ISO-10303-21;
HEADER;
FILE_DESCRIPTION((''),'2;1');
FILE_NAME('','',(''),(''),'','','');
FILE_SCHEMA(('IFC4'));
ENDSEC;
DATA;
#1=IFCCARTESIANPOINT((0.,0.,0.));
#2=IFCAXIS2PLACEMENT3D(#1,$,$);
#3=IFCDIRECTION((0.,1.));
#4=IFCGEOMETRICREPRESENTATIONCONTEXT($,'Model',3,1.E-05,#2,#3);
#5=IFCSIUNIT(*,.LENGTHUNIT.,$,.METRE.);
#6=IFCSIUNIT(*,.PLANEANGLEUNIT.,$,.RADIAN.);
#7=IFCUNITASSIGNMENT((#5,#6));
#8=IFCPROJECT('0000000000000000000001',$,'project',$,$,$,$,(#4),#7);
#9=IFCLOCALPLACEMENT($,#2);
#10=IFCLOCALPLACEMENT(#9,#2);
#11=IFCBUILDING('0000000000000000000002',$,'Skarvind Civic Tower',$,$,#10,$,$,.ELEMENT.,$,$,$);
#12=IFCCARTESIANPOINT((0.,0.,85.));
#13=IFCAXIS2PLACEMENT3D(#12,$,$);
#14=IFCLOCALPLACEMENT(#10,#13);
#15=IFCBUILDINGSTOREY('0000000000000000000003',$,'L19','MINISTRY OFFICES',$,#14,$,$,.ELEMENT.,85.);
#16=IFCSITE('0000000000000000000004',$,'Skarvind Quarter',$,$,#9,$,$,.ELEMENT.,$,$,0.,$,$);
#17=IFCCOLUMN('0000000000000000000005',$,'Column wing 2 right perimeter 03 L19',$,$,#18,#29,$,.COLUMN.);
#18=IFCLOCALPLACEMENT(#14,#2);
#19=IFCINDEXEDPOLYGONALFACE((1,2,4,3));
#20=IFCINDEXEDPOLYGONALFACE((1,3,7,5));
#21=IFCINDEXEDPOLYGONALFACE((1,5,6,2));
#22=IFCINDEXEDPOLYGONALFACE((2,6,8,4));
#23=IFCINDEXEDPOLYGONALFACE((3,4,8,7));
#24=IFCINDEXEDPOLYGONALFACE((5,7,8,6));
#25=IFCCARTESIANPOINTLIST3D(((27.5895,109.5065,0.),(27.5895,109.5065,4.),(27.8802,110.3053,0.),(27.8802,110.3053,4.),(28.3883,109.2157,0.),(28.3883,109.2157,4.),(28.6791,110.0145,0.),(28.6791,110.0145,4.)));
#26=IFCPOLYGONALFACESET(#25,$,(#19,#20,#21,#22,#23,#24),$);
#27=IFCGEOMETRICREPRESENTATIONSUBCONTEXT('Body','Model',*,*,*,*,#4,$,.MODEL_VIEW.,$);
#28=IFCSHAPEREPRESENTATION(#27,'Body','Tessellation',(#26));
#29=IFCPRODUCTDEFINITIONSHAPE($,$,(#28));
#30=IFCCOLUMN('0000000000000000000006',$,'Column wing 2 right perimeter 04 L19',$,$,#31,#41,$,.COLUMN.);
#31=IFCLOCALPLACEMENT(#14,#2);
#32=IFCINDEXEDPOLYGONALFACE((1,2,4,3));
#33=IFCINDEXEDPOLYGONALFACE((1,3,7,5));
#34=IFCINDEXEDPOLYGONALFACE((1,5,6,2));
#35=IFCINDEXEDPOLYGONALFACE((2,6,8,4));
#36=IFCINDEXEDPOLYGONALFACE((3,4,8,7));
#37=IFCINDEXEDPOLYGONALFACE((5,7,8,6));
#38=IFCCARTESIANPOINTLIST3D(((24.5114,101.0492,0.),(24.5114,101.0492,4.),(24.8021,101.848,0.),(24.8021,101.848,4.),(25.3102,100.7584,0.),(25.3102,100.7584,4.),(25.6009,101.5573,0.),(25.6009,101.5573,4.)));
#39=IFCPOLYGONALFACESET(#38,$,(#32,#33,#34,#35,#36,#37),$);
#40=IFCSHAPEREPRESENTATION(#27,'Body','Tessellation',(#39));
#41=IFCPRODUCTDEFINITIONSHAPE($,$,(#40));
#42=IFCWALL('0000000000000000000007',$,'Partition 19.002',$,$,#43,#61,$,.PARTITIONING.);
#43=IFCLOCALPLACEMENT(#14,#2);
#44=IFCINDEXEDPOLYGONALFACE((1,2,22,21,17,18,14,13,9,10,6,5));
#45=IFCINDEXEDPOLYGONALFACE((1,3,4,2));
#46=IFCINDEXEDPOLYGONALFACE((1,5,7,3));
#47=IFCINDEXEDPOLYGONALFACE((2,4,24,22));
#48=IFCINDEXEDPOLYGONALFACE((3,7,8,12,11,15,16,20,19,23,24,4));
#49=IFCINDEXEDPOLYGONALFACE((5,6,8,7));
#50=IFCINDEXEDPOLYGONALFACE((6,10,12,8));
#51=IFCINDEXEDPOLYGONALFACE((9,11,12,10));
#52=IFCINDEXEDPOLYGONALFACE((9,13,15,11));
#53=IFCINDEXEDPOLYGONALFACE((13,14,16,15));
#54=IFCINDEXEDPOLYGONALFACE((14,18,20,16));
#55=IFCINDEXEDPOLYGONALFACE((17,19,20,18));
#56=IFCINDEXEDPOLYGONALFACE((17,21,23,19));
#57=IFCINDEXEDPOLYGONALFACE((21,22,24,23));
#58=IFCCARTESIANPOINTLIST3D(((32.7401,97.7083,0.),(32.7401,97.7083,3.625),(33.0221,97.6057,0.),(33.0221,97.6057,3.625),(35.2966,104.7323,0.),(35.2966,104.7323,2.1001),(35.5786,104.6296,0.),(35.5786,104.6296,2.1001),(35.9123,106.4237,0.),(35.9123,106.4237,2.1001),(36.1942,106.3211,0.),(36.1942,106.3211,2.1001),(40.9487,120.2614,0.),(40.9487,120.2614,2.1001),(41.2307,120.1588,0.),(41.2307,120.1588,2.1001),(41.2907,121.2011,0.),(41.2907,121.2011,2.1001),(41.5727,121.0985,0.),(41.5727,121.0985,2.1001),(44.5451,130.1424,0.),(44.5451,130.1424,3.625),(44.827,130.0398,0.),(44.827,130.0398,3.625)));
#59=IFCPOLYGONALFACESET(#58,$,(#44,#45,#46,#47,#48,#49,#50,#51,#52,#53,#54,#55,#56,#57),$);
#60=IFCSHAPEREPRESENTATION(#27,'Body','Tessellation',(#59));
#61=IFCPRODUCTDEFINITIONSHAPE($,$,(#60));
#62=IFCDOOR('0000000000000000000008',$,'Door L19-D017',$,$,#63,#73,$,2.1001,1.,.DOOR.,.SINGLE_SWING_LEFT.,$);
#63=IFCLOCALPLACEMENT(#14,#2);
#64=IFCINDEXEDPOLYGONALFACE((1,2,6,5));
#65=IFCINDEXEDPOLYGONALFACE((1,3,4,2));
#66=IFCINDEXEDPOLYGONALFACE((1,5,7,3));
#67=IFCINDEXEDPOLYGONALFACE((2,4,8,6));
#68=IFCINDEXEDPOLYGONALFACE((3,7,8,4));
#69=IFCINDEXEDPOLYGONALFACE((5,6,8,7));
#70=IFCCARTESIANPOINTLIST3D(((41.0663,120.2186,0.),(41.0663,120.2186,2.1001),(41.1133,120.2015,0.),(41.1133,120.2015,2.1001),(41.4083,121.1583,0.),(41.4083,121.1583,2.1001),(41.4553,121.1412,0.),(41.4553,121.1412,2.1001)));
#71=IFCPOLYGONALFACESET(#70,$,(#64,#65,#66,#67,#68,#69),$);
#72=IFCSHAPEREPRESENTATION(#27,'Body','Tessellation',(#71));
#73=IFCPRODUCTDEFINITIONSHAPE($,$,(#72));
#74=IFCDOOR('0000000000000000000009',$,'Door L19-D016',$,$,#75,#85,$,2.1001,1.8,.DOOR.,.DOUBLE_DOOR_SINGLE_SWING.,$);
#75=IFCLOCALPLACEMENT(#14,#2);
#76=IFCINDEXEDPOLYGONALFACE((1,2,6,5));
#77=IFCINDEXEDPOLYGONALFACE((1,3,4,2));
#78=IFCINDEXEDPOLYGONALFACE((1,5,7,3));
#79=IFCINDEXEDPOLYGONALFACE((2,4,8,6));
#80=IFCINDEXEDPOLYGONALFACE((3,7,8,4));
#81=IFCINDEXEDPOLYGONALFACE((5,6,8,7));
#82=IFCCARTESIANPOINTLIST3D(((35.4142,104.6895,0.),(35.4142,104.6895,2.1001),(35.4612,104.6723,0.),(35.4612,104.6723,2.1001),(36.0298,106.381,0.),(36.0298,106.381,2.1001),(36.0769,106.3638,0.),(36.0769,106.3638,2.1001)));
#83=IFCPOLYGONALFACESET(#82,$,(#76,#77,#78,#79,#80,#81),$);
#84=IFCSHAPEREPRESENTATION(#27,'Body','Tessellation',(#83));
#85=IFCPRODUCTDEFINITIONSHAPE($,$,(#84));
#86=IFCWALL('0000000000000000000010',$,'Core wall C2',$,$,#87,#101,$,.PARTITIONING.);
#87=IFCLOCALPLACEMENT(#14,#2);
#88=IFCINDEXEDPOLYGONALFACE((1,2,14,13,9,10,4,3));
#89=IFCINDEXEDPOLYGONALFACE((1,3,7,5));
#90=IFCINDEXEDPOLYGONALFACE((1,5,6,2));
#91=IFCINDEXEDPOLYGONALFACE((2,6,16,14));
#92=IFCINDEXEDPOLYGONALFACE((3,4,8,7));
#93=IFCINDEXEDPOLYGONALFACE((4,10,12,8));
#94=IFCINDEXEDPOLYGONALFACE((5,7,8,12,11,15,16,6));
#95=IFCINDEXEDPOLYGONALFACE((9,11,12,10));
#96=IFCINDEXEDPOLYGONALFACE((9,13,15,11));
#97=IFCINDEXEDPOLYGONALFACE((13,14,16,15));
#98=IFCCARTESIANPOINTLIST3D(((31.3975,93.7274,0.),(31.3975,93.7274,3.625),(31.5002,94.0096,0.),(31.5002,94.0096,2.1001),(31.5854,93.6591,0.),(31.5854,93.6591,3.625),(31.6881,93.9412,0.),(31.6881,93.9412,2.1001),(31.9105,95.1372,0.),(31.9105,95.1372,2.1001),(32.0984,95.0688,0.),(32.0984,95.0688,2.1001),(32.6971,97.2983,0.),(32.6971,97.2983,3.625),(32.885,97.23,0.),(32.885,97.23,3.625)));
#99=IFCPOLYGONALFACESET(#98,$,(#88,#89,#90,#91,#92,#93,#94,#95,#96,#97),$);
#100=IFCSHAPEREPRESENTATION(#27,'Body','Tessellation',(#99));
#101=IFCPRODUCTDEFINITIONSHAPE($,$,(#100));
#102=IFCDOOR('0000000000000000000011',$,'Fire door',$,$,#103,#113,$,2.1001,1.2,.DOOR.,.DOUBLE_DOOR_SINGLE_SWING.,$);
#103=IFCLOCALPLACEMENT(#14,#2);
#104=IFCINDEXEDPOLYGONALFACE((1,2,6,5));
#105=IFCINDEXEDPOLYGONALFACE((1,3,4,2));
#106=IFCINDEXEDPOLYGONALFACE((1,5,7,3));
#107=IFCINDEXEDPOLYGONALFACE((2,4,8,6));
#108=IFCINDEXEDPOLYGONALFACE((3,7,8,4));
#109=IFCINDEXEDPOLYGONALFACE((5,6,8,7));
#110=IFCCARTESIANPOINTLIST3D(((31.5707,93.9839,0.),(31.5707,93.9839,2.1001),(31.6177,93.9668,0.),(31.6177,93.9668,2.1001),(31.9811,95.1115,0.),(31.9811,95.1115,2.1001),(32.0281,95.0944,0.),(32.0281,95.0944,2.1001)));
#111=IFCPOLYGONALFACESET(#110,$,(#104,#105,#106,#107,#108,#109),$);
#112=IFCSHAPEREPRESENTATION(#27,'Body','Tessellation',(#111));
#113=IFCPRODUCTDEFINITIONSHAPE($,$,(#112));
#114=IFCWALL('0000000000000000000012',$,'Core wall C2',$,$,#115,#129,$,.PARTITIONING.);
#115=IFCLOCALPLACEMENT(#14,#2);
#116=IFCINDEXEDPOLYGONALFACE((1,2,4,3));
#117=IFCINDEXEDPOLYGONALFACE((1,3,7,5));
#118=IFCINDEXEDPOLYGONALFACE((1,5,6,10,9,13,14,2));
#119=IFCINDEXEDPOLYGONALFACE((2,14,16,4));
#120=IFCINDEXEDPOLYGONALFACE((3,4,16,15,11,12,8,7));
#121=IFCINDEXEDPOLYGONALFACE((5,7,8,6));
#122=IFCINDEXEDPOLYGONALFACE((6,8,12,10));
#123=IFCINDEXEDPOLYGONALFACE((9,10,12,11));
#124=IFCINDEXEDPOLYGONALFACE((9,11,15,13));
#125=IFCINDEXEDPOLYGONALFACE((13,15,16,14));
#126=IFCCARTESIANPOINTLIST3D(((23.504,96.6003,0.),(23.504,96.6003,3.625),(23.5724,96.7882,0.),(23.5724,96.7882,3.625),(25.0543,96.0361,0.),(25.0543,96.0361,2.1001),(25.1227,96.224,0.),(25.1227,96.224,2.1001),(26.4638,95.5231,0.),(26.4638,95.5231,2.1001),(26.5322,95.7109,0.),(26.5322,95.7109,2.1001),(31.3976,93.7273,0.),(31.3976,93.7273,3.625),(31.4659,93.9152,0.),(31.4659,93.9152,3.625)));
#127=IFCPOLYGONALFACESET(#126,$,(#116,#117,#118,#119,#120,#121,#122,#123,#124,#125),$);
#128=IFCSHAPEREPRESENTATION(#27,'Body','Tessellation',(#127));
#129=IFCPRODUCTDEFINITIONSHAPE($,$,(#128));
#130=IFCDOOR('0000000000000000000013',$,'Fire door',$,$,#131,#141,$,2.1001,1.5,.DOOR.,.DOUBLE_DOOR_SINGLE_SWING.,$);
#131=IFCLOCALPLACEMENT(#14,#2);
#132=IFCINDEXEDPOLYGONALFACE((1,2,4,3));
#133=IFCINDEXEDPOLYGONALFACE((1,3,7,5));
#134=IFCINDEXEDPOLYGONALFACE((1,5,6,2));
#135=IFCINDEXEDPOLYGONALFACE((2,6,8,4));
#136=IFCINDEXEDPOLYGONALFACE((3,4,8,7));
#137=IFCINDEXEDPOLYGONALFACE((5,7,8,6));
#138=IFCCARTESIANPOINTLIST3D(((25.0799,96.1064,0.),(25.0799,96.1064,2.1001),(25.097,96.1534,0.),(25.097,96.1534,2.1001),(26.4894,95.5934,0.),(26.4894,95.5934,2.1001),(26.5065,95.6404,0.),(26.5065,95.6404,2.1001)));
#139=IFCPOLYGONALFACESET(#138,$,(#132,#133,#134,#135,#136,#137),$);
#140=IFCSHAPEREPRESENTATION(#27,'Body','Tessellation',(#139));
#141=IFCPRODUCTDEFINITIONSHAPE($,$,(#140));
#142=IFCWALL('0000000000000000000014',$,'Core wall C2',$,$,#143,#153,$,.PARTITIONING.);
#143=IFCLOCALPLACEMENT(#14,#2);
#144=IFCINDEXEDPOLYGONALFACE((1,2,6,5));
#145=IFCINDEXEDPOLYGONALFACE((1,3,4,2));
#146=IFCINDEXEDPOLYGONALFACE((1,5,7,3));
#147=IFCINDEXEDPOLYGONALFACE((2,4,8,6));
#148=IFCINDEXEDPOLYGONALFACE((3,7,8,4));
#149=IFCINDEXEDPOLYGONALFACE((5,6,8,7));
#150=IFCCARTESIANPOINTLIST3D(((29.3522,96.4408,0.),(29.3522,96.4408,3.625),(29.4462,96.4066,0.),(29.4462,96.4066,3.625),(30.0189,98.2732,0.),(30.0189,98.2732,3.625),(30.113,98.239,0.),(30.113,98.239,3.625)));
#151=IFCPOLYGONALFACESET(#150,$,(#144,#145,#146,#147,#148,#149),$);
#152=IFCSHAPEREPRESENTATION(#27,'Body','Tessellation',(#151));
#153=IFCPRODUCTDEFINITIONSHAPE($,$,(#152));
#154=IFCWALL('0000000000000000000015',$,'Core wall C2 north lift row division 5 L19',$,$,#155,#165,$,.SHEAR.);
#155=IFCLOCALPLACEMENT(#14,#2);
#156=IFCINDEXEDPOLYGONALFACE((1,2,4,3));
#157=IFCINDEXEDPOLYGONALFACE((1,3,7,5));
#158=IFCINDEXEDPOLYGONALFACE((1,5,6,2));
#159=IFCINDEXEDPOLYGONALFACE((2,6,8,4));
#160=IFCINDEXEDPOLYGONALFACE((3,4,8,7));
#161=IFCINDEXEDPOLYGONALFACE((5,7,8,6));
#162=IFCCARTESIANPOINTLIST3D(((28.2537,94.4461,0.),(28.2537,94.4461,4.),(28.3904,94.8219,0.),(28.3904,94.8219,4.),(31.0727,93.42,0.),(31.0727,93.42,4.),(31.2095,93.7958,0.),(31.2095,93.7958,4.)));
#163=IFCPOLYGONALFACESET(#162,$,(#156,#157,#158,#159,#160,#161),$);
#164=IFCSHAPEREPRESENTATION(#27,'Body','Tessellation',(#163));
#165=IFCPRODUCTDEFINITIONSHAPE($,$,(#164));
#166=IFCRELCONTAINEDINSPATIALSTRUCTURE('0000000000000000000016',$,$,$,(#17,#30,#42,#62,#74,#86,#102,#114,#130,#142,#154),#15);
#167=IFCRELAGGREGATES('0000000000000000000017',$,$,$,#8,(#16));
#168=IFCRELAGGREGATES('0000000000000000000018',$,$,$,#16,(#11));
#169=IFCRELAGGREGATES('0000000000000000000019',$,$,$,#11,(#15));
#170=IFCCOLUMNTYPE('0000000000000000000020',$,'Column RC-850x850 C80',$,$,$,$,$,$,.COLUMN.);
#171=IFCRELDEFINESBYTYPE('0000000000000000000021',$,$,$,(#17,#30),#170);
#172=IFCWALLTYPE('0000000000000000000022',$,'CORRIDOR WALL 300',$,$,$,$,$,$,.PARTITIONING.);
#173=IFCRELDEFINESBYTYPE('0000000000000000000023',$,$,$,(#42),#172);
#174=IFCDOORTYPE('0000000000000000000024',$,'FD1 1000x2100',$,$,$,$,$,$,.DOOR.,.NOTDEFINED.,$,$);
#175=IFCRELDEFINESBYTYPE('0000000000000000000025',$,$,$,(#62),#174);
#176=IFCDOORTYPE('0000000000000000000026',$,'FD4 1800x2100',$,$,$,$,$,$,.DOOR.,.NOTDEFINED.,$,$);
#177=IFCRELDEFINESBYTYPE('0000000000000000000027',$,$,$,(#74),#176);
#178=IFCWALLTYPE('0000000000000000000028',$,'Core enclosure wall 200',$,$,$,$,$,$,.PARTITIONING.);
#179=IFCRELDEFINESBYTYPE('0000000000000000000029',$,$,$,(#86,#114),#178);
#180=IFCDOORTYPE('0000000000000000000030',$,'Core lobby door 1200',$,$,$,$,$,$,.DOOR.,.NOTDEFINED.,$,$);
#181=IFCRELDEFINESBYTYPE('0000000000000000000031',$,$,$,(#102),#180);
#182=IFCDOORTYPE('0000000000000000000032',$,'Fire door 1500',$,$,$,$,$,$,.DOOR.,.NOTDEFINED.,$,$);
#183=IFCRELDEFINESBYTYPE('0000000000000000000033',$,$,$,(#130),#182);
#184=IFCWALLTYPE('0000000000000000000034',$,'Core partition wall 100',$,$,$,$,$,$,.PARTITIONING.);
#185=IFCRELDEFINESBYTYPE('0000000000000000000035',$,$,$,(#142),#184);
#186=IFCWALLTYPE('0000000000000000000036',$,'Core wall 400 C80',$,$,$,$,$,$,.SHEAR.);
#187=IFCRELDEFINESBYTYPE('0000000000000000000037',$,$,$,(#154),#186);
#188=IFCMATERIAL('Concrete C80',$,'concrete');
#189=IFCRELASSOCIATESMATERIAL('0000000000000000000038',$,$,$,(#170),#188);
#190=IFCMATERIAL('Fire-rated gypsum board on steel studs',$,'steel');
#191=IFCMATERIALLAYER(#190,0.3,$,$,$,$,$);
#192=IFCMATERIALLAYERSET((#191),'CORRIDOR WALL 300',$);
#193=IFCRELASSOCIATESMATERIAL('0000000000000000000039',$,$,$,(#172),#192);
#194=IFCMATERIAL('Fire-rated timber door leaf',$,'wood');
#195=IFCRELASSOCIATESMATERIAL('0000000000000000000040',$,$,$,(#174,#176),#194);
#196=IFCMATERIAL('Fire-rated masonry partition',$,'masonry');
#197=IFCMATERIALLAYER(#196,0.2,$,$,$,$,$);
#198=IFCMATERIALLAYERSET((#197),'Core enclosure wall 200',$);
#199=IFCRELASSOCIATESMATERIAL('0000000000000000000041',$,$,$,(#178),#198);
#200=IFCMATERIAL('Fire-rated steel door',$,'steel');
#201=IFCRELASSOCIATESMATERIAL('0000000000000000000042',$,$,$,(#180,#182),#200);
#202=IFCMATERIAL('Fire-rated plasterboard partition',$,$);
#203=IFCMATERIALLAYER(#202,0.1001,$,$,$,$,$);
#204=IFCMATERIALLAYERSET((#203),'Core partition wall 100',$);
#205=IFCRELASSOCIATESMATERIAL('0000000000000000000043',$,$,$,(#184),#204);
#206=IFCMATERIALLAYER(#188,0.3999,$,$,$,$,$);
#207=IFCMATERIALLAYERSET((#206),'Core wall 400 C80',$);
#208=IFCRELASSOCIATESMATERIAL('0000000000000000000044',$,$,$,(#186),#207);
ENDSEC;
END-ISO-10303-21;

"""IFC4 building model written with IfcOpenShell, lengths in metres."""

from ifc_helpers import new_model, si_unit, direction, frame, frame_2d, origin, origin_2d, place, context, subcontext, project, spatial, rectangle, extrude, material, layer, layer_set, material_profile, profile_set, type_object, element, fill, save


model = new_model("IFC4")

# Units and contexts
model_context = context("Model", 3, precision=1e-05, world=origin(), true_north=direction((0.0, 1.0)))
body_context = subcontext(model_context, "Body", "Model", "MODEL_VIEW")
ifc_project = project(units=[si_unit("LENGTHUNIT", "METRE"), si_unit("PLANEANGLEUNIT", "RADIAN")], contexts=[model_context])

# Site, building, storey
site_placement = place(None, origin())
site = spatial("IfcSite", under=ifc_project, at=site_placement, Name="Skarvind Quarter", CompositionType="ELEMENT", RefElevation=0.0)
building_placement = place(site_placement, origin())
building = spatial("IfcBuilding", under=site, at=building_placement, Name="Skarvind Civic Tower", CompositionType="ELEMENT")
storey_placement = place(building_placement, frame((0.0, 0.0, 85.0)))
storey = spatial("IfcBuildingStorey", under=building, at=storey_placement, Name="L19", Description="MINISTRY OFFICES", CompositionType="ELEMENT", Elevation=85.0)

# Columns
ifc_material_1 = material(Name="Concrete C80", Category="concrete")
ifc_material_profile = material_profile(ifc_material_1, rectangle(XDim=0.8501, YDim=0.8501, at=origin_2d()), Name="RC-850x850")
ifc_profile_set = profile_set([ifc_material_profile], Name="Concrete C80")
column_type = type_object("IfcColumnType", Name="Column RC-850x850 C80", PredefinedType="COLUMN", material=ifc_profile_set)
for number, where, z_axis, x_axis, name in (
    (1, (28.1343, 109.7605, 0.0), (0.0, 0.0, 1.0), (-0.34202, -0.939693, 0.0), "Column wing 2 right perimeter 03 L19"),
    (2, (25.0562, 101.3032, 0.0), (0.0, 0.0, 1.0), (-0.34202, -0.939693, 0.0), "Column wing 2 right perimeter 04 L19"),
):
    element("IfcColumn", number, at=place(storey_placement, frame(where, z_axis=z_axis, x_axis=x_axis)), inside=storey, type_object=column_type, Name=name, PredefinedType="COLUMN", context=body_context, shape_type="SweptSolid", body=[
        extrude(rectangle(XDim=0.8501, YDim=0.8501, at=origin_2d()), origin(), (0.0, 0.0, 1.0), 4.0),
    ])

# Wall, openings, doors
ifc_material_2 = material(Name="Fire-rated gypsum board on steel studs", Category="steel")
ifc_layer_1 = layer(ifc_material_2, 0.3)
ifc_layer_set_1 = layer_set([ifc_layer_1], Name="CORRIDOR WALL 300")
wall_type_1 = type_object("IfcWallType", Name="CORRIDOR WALL 300", PredefinedType="PARTITIONING", material=ifc_layer_set_1)
wall_1_placement = place(storey_placement, frame((32.8811, 97.657, 0.0), z_axis=(0.0, 0.0, 1.0), x_axis=(0.342017, 0.939694, 0.0)))
wall_1 = element("IfcWall", 3, at=wall_1_placement, inside=storey, type_object=wall_type_1, Name="Partition 19.002", PredefinedType="PARTITIONING", context=body_context, shape_type="SweptSolid", body=[
    extrude(rectangle(XDim=34.5156, YDim=0.3, at=frame_2d((17.2578, 0.0))), origin(), (0.0, 0.0, 1.0), 3.625),
])
opening_1_placement = place(wall_1_placement, frame((7.4749, 0.0, 0.0)))
opening_1 = element("IfcOpeningElement", 4, at=opening_1_placement, cuts=wall_1, PredefinedType="OPENING", context=body_context, shape_type="SweptSolid", body=[
    extrude(rectangle(XDim=1.8, YDim=2.1001, at=frame_2d((0.8999, 1.05))), frame((0.0, 0.1599, 0.0), z_axis=(0.0, -1.0, 0.0), x_axis=(1.0, 0.0, 0.0)), (0.0, 0.0, 1.0), 0.3201),
])
opening_2_placement = place(wall_1_placement, frame((24.0005, 0.0, 0.0)))
opening_2 = element("IfcOpeningElement", 5, at=opening_2_placement, cuts=wall_1, PredefinedType="OPENING", context=body_context, shape_type="SweptSolid", body=[
    extrude(rectangle(XDim=1.0, YDim=2.1001, at=frame_2d((0.5, 1.05))), frame((0.0, 0.1599, 0.0), z_axis=(0.0, -1.0, 0.0), x_axis=(1.0, 0.0, 0.0)), (0.0, 0.0, 1.0), 0.3201),
])
ifc_material_3 = material(Name="Fire-rated timber door leaf", Category="wood")
door_type_1 = type_object("IfcDoorType", Name="FD1 1000x2100", OperationType="NOTDEFINED", PredefinedType="DOOR", material=ifc_material_3)
door_1_placement = place(opening_2_placement, origin())
door_1 = element("IfcDoor", 6, at=door_1_placement, inside=storey, type_object=door_type_1, Name="Door L19-D017", OperationType="SINGLE_SWING_LEFT", OverallHeight=2.1001, OverallWidth=1.0, PredefinedType="DOOR", context=body_context, shape_type="SweptSolid", body=[
    extrude(rectangle(XDim=1.0, YDim=2.1001, at=frame_2d((0.5, 1.05))), frame((0.0, 0.0249, 0.0), z_axis=(0.0, -1.0, 0.0), x_axis=(1.0, 0.0, 0.0)), (0.0, 0.0, 1.0), 0.05),
])
fill(opening_2, door_1)
door_type_2 = type_object("IfcDoorType", Name="FD4 1800x2100", OperationType="NOTDEFINED", PredefinedType="DOOR", material=ifc_material_3)
door_2_placement = place(opening_1_placement, origin())
door_2 = element("IfcDoor", 7, at=door_2_placement, inside=storey, type_object=door_type_2, Name="Door L19-D016", OperationType="DOUBLE_DOOR_SINGLE_SWING", OverallHeight=2.1001, OverallWidth=1.8, PredefinedType="DOOR", context=body_context, shape_type="SweptSolid", body=[
    extrude(rectangle(XDim=1.8, YDim=2.1001, at=frame_2d((0.8999, 1.05))), frame((0.0, 0.0249, 0.0), z_axis=(0.0, -1.0, 0.0), x_axis=(1.0, 0.0, 0.0)), (0.0, 0.0, 1.0), 0.05),
])
fill(opening_1, door_2)

# Walls, openings, doors
ifc_material_4 = material(Name="Fire-rated masonry partition", Category="masonry")
ifc_layer_2 = layer(ifc_material_4, 0.2)
ifc_layer_set_2 = layer_set([ifc_layer_2], Name="Core enclosure wall 200")
wall_type_2 = type_object("IfcWallType", Name="Core enclosure wall 200", PredefinedType="PARTITIONING", material=ifc_layer_set_2)
wall_2_placement = place(storey_placement, frame((31.4915, 93.6934, 0.0), z_axis=(0.0, 0.0, 1.0), x_axis=(0.341996, 0.939701, 0.0)))
wall_2 = element("IfcWall", 8, at=wall_2_placement, inside=storey, type_object=wall_type_2, Name="Core wall C2", PredefinedType="PARTITIONING", context=body_context, shape_type="SweptSolid", body=[
    extrude(rectangle(XDim=3.8, YDim=0.2, at=frame_2d((1.8999, 0.0))), origin(), (0.0, 0.0, 1.0), 3.625),
])
opening_3_placement = place(wall_2_placement, frame((0.3, 0.0, 0.0)))
opening_3 = element("IfcOpeningElement", 9, at=opening_3_placement, cuts=wall_2, PredefinedType="OPENING", context=body_context, shape_type="SweptSolid", body=[
    extrude(rectangle(XDim=1.2, YDim=2.1001, at=frame_2d((0.6001, 1.05))), frame((0.0, 0.1099, 0.0), z_axis=(0.0, -1.0, 0.0), x_axis=(1.0, 0.0, 0.0)), (0.0, 0.0, 1.0), 0.22),
])
ifc_material_5 = material(Name="Fire-rated steel door", Category="steel")
door_type_3 = type_object("IfcDoorType", Name="Core lobby door 1200", OperationType="NOTDEFINED", PredefinedType="DOOR", material=ifc_material_5)
door_3_placement = place(opening_3_placement, origin())
door_3 = element("IfcDoor", 10, at=door_3_placement, inside=storey, type_object=door_type_3, Name="Fire door", OperationType="DOUBLE_DOOR_SINGLE_SWING", OverallHeight=2.1001, OverallWidth=1.2, PredefinedType="DOOR", context=body_context, shape_type="SweptSolid", body=[
    extrude(rectangle(XDim=1.2, YDim=2.1001, at=frame_2d((0.6001, 1.05))), frame((0.0, 0.0249, 0.0), z_axis=(0.0, -1.0, 0.0), x_axis=(1.0, 0.0, 0.0)), (0.0, 0.0, 1.0), 0.05),
])
fill(opening_3, door_3)
wall_3_placement = place(storey_placement, frame((23.5381, 96.6943, 0.0), z_axis=(0.0, 0.0, 1.0), x_axis=(0.939692, -0.342023, 0.0)))
wall_3 = element("IfcWall", 11, at=wall_3_placement, inside=storey, type_object=wall_type_2, Name="Core wall C2", PredefinedType="PARTITIONING", context=body_context, shape_type="SweptSolid", body=[
    extrude(rectangle(XDim=8.4001, YDim=0.2, at=frame_2d((4.2002, 0.0))), origin(), (0.0, 0.0, 1.0), 3.625),
])
opening_4_placement = place(wall_3_placement, frame((1.6499, 0.0, 0.0)))
opening_4 = element("IfcOpeningElement", 12, at=opening_4_placement, cuts=wall_3, PredefinedType="OPENING", context=body_context, shape_type="SweptSolid", body=[
    extrude(rectangle(XDim=1.5, YDim=2.1001, at=frame_2d((0.75, 1.05))), frame((0.0, 0.1099, 0.0), z_axis=(0.0, -1.0, 0.0), x_axis=(1.0, 0.0, 0.0)), (0.0, 0.0, 1.0), 0.22),
])
door_type_4 = type_object("IfcDoorType", Name="Fire door 1500", OperationType="NOTDEFINED", PredefinedType="DOOR", material=ifc_material_5)
door_4_placement = place(opening_4_placement, origin())
door_4 = element("IfcDoor", 13, at=door_4_placement, inside=storey, type_object=door_type_4, Name="Fire door", OperationType="DOUBLE_DOOR_SINGLE_SWING", OverallHeight=2.1001, OverallWidth=1.5, PredefinedType="DOOR", context=body_context, shape_type="SweptSolid", body=[
    extrude(rectangle(XDim=1.5, YDim=2.1001, at=frame_2d((0.75, 1.05))), frame((0.0, 0.0249, 0.0), z_axis=(0.0, -1.0, 0.0), x_axis=(1.0, 0.0, 0.0)), (0.0, 0.0, 1.0), 0.05),
])
fill(opening_4, door_4)

# Walls
ifc_material_6 = material(Name="Fire-rated plasterboard partition")
ifc_layer_3 = layer(ifc_material_6, 0.1001)
ifc_layer_set_3 = layer_set([ifc_layer_3], Name="Core partition wall 100")
wall_type_3 = type_object("IfcWallType", Name="Core partition wall 100", PredefinedType="PARTITIONING", material=ifc_layer_set_3)
wall_4_placement = place(storey_placement, frame((29.3992, 96.4236, 0.0), z_axis=(0.0, 0.0, 1.0), x_axis=(0.341914, 0.939731, 0.0)))
element("IfcWall", 14, at=wall_4_placement, inside=storey, type_object=wall_type_3, Name="Core wall C2", PredefinedType="PARTITIONING", context=body_context, shape_type="SweptSolid", body=[
    extrude(rectangle(XDim=1.95, YDim=0.1001, at=frame_2d((0.9751, 0.0))), origin(), (0.0, 0.0, 1.0), 3.625),
])
ifc_layer_4 = layer(ifc_material_1, 0.3999)
ifc_layer_set_4 = layer_set([ifc_layer_4], Name="Core wall 400 C80")
wall_type_4 = type_object("IfcWallType", Name="Core wall 400 C80", PredefinedType="SHEAR", material=ifc_layer_set_4)
wall_5_placement = place(storey_placement, frame((31.1411, 93.6079, 0.0), z_axis=(0.0, 0.0, 1.0), x_axis=(-0.939686, 0.342037, 0.0)))
element("IfcWall", 15, at=wall_5_placement, inside=storey, type_object=wall_type_4, Name="Core wall C2 north lift row division 5 L19", PredefinedType="SHEAR", context=body_context, shape_type="SweptSolid", body=[
    extrude(rectangle(XDim=3.0, YDim=0.3999, at=frame_2d((1.5, 0.0))), origin(), (0.0, 0.0, 1.0), 4.0),
])

save(model, "model.ifc")
